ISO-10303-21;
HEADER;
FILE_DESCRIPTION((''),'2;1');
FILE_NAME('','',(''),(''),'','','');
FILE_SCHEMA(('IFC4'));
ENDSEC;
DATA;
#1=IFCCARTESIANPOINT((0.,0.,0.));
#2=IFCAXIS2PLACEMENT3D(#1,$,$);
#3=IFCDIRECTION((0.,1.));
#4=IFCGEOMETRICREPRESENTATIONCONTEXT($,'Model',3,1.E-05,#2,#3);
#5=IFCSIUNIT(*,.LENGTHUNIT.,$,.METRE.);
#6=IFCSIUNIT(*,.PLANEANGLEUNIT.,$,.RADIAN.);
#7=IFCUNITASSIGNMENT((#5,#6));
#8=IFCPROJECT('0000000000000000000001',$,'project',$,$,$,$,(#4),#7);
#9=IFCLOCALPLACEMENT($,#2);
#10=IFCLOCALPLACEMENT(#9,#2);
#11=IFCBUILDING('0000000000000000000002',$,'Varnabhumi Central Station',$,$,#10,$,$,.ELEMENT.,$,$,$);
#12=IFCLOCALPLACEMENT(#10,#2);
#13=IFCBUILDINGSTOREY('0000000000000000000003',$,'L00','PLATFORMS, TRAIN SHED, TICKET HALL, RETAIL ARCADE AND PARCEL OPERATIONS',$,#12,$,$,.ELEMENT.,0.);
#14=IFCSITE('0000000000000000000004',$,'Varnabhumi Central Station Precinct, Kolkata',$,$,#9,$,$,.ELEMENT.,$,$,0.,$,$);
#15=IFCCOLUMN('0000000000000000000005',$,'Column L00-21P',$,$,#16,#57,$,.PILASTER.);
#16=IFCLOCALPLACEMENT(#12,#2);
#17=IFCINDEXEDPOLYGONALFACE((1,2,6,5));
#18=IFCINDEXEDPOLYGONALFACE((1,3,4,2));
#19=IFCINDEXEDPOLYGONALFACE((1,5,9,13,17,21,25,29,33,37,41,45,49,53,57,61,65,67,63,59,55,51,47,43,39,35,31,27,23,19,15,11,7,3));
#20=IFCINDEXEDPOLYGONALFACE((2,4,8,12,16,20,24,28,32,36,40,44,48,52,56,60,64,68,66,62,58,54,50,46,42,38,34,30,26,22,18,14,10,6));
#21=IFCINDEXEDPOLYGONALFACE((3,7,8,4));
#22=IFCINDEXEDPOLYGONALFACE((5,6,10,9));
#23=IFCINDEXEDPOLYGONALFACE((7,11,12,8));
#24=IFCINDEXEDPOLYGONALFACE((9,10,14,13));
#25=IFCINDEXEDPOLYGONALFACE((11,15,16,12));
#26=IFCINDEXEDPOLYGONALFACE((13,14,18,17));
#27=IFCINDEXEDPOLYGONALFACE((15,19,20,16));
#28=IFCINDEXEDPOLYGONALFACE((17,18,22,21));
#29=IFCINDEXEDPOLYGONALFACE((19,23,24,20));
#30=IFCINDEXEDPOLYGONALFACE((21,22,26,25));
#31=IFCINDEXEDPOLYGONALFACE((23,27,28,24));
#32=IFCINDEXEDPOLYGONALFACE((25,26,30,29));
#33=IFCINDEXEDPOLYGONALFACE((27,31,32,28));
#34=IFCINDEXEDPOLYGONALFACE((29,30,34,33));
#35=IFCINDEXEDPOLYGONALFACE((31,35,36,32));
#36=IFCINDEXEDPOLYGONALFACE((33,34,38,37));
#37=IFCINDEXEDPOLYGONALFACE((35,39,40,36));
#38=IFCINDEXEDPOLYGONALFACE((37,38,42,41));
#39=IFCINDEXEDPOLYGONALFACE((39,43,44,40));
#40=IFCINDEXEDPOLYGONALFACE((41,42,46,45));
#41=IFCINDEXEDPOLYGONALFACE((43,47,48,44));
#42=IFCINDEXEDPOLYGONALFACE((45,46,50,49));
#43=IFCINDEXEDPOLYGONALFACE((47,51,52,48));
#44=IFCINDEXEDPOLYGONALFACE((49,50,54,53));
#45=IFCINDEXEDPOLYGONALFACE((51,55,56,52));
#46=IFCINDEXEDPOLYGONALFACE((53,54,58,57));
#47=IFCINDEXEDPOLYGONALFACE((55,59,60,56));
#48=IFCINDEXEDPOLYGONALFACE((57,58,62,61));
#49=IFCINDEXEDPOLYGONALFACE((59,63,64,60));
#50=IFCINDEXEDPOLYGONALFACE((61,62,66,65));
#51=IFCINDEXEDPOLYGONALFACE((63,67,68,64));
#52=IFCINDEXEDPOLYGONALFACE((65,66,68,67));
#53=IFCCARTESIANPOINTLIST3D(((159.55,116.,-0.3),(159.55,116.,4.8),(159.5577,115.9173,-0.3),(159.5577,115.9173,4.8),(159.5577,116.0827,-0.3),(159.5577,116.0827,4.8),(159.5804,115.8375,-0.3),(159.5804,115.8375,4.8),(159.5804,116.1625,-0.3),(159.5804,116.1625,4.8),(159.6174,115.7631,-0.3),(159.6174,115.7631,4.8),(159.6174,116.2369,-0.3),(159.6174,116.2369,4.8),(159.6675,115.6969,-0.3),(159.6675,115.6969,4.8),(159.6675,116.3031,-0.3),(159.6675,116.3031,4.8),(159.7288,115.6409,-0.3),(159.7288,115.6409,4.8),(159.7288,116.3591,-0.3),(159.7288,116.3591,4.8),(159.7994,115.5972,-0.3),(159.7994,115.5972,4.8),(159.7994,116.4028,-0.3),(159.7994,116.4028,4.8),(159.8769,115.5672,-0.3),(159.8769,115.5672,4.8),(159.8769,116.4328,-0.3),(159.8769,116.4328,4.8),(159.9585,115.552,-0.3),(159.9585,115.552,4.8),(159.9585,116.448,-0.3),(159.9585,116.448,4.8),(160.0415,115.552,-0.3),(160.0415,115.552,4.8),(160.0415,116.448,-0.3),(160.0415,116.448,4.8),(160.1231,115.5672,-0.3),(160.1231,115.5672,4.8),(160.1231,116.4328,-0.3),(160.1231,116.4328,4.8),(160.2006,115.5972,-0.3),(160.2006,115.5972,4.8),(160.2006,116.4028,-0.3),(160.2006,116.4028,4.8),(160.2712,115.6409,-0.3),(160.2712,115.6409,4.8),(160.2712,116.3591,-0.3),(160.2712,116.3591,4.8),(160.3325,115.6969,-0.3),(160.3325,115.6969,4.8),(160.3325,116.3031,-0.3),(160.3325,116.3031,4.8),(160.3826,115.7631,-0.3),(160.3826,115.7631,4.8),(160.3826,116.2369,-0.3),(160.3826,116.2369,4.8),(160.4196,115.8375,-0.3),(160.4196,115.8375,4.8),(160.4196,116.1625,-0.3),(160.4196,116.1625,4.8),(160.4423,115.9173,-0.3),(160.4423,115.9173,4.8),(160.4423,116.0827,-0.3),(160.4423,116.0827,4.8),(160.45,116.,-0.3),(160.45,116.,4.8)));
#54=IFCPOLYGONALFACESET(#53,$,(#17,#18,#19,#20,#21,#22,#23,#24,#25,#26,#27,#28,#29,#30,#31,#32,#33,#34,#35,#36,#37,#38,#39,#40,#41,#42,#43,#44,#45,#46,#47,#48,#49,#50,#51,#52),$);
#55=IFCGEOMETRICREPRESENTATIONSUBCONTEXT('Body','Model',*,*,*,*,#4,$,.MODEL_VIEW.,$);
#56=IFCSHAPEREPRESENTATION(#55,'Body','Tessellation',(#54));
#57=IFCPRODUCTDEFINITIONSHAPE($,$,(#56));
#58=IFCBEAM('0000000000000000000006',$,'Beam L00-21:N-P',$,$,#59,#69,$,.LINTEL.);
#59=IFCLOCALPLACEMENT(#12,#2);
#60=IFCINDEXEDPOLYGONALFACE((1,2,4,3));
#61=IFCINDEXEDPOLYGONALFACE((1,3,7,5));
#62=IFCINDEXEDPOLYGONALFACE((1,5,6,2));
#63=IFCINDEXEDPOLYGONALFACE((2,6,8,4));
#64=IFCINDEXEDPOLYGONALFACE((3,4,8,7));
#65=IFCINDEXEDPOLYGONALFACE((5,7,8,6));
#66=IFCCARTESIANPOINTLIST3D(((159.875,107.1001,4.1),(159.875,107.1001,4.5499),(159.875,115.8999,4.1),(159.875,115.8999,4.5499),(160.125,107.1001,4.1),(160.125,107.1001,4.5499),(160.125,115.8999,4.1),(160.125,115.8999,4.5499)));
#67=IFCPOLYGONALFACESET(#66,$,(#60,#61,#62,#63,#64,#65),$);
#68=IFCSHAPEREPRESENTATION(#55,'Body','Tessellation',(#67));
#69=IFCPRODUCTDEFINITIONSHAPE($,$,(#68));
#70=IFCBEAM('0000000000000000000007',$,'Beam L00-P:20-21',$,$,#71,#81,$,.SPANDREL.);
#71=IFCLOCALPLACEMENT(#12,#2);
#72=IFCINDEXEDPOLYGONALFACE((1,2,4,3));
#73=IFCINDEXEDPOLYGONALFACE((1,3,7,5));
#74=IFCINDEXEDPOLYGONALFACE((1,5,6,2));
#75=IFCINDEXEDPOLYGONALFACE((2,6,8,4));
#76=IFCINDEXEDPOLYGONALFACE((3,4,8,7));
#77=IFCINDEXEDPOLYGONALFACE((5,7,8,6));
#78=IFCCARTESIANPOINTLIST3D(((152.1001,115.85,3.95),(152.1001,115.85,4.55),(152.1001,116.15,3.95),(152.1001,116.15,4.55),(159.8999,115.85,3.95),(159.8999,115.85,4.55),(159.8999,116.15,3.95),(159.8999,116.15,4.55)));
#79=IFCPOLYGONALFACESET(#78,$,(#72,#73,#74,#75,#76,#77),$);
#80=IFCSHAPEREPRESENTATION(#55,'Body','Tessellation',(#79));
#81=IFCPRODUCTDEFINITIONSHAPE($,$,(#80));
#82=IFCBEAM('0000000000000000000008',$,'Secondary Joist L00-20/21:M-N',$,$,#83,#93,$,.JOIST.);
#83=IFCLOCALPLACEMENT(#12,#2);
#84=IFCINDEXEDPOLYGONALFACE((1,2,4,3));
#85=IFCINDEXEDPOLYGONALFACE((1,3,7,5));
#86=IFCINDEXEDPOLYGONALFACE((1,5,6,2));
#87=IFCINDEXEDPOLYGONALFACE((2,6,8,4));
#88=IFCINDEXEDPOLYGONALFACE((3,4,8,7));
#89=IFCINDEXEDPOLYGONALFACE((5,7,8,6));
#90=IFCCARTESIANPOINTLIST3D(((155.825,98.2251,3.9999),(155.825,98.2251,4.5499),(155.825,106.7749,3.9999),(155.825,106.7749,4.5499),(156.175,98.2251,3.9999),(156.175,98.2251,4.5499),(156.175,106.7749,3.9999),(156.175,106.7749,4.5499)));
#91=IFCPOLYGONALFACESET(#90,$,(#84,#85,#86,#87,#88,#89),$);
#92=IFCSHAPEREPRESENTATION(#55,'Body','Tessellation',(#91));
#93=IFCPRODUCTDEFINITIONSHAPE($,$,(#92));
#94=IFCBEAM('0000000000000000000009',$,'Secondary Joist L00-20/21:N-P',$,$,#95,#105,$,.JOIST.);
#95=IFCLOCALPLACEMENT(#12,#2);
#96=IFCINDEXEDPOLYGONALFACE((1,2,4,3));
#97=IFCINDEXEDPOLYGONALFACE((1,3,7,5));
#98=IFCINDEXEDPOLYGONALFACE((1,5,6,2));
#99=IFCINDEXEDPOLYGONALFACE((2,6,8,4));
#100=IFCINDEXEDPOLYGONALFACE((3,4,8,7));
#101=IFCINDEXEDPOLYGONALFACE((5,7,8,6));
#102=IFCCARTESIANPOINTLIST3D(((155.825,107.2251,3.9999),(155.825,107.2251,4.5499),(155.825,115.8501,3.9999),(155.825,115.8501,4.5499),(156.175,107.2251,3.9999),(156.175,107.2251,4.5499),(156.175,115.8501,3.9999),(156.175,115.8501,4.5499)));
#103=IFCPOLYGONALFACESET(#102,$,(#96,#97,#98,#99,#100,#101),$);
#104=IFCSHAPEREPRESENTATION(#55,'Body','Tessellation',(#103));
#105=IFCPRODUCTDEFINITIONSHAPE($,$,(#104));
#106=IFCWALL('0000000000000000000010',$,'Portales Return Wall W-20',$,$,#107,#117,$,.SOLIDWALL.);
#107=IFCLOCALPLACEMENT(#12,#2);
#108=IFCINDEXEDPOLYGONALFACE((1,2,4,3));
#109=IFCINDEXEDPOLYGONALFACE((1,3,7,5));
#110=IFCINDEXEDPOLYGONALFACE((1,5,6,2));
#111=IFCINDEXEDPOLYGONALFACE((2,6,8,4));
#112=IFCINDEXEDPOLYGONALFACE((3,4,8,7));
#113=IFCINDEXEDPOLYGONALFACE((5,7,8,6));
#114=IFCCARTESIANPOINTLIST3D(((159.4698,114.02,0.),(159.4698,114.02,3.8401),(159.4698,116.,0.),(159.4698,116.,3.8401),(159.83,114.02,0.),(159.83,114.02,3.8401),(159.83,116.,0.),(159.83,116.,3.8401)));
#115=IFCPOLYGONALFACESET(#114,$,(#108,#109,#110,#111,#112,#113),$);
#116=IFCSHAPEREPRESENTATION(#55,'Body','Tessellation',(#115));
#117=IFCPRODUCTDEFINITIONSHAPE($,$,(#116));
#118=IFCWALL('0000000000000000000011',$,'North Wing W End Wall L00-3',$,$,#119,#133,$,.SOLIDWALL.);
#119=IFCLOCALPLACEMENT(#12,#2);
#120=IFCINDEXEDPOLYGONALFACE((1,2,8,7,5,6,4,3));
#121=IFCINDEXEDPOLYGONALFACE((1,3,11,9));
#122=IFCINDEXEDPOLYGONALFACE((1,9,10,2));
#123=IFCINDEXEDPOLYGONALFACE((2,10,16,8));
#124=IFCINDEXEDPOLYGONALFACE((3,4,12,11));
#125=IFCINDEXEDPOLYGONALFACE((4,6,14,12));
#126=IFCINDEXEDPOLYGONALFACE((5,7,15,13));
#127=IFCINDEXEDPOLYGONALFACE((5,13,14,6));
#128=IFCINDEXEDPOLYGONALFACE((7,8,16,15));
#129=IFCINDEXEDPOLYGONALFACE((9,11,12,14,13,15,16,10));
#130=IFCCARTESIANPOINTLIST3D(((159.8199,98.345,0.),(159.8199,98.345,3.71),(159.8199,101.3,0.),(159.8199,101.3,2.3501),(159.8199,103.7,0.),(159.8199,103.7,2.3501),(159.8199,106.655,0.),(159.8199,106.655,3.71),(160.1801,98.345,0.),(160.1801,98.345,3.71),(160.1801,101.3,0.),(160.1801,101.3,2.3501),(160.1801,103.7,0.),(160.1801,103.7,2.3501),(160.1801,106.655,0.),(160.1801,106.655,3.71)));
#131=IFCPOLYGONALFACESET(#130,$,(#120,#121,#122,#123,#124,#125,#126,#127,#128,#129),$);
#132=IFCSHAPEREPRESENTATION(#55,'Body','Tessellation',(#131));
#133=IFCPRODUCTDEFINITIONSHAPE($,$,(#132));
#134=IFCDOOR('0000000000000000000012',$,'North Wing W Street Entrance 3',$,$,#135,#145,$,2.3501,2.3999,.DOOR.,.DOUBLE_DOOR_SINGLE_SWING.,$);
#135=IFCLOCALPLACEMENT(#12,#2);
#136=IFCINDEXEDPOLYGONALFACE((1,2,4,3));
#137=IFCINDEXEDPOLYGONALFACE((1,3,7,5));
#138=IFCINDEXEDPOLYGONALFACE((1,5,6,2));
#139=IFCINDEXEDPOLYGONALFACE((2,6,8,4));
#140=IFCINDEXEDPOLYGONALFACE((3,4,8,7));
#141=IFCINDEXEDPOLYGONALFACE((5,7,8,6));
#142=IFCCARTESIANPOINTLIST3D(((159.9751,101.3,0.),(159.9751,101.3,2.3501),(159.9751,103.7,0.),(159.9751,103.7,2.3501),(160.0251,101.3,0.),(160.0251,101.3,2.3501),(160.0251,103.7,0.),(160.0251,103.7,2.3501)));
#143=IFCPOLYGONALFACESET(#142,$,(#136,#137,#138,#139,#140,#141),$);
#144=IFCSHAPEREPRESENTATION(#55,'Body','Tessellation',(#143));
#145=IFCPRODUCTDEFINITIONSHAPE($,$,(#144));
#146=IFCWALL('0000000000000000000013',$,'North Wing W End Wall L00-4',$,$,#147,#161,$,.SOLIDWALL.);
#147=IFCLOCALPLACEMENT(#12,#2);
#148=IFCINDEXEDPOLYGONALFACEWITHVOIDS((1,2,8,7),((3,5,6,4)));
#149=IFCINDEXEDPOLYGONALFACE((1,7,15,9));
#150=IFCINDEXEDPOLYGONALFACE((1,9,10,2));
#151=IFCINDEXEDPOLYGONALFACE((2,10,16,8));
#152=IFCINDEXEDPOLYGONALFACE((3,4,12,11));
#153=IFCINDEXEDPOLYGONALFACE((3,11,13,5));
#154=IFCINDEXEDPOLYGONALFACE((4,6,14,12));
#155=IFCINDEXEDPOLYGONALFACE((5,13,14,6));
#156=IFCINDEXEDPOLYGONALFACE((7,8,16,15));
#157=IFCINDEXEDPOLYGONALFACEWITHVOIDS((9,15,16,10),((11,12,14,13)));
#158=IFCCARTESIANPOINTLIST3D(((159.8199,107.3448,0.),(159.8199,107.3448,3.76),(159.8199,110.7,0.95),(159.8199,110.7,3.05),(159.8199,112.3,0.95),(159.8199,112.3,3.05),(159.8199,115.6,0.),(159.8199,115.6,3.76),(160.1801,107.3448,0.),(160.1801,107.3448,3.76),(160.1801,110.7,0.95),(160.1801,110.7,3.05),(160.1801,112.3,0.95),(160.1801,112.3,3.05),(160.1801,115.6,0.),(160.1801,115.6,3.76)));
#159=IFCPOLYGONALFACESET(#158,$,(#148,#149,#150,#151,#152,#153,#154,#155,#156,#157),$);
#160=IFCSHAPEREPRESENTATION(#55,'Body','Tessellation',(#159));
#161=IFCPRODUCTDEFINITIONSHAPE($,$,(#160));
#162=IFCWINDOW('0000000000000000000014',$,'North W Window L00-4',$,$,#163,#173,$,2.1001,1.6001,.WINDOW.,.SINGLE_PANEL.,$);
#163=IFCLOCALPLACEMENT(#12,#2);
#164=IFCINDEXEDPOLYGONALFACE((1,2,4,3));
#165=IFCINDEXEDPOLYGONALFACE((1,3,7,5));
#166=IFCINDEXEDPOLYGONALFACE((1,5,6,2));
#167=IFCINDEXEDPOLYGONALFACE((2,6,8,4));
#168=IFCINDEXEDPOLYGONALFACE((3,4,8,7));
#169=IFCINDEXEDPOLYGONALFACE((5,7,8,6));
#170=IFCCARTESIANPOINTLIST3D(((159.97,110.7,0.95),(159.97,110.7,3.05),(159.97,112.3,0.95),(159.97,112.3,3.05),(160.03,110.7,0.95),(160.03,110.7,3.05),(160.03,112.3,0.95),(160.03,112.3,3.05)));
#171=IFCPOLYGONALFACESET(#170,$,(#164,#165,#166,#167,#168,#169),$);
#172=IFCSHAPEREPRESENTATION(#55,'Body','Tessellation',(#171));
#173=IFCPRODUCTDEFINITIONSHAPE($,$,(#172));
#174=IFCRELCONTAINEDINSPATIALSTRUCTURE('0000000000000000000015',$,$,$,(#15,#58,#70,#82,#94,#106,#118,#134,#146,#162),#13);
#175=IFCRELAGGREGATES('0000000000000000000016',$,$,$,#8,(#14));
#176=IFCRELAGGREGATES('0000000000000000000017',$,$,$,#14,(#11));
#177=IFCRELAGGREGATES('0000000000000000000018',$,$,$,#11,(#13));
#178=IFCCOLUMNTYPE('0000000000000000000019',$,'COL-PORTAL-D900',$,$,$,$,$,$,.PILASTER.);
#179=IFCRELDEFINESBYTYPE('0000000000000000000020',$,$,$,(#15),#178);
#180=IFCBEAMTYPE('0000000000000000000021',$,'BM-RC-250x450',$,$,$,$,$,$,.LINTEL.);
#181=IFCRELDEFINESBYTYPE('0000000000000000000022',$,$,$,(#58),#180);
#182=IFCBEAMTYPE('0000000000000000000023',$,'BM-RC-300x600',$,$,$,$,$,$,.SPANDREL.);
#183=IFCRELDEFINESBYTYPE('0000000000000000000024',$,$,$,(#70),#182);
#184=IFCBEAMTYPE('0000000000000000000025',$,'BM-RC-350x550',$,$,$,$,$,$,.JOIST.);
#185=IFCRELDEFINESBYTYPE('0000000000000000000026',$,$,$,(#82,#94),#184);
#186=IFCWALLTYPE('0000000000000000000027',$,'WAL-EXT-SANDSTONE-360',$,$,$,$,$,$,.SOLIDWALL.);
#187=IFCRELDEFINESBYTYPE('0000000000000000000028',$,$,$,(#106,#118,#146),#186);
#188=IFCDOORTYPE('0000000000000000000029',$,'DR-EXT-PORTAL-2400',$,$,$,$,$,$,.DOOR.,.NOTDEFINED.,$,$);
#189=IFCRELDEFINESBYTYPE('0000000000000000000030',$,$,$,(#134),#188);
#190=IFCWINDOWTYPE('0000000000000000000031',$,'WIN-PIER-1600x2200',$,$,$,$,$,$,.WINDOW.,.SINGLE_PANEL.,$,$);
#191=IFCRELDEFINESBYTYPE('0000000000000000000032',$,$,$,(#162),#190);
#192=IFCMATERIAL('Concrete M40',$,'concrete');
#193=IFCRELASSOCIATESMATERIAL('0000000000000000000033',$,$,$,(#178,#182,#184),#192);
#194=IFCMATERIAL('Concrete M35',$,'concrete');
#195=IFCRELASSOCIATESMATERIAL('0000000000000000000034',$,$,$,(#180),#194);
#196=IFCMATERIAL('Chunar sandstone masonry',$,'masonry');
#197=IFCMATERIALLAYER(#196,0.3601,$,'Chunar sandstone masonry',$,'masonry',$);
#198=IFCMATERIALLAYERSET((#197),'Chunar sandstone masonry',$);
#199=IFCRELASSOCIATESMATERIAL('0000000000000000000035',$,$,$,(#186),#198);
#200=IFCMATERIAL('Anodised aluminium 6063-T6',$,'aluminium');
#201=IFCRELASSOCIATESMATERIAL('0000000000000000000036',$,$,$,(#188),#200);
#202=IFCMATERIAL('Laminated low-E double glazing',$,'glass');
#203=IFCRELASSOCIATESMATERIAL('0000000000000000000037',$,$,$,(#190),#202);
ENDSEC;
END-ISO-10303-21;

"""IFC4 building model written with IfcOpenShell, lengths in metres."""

from ifc_helpers import new_model, si_unit, direction, frame, frame_2d, origin, origin_2d, place, context, subcontext, project, spatial, rectangle, circle, extrude, material, layer, layer_set, material_profile, profile_set, type_object, element, fill, save


model = new_model("IFC4")

# Units and contexts
model_context = context("Model", 3, precision=1e-05, world=origin(), true_north=direction((0.0, 1.0)))
body_context = subcontext(model_context, "Body", "Model", "MODEL_VIEW")
ifc_project = project(units=[si_unit("LENGTHUNIT", "METRE"), si_unit("PLANEANGLEUNIT", "RADIAN")], contexts=[model_context])

# Site, building, storey
site_placement = place(None, origin())
site = spatial("IfcSite", under=ifc_project, at=site_placement, Name="Varnabhumi Central Station Precinct, Kolkata", CompositionType="ELEMENT", RefElevation=0.0)
building_placement = place(site_placement, origin())
building = spatial("IfcBuilding", under=site, at=building_placement, Name="Varnabhumi Central Station", CompositionType="ELEMENT")
storey_placement = place(building_placement, origin())
storey = spatial("IfcBuildingStorey", under=building, at=storey_placement, Name="L00", Description="PLATFORMS, TRAIN SHED, TICKET HALL, RETAIL ARCADE AND PARCEL OPERATIONS", CompositionType="ELEMENT", Elevation=0.0)

# Shared definitions
ifc_material_1 = material(Name="Concrete M40", Category="concrete")

# Shared definitions
ifc_material_2 = material(Name="Concrete M35", Category="concrete")

# Column
ifc_material_profile_1 = material_profile(ifc_material_1, circle(Radius=0.45, at=origin_2d()), Name="Concrete M40", Category="concrete")
ifc_profile_set_1 = profile_set([ifc_material_profile_1], Name="Concrete M40")
column_type_1 = type_object("IfcColumnType", Name="COL-PORTAL-D900", PredefinedType="PILASTER", material=ifc_profile_set_1)
column_1_placement = place(storey_placement, frame((160.0, 116.0, -0.3), z_axis=(0.0, 0.0, 1.0), x_axis=(1.0, 0.0, 0.0)))
element("IfcColumn", 1, at=column_1_placement, inside=storey, type_object=column_type_1, Name="Column L00-21P", PredefinedType="PILASTER", context=body_context, shape_type="SweptSolid", body=[
    extrude(circle(Radius=0.45, at=origin_2d()), origin(), (0.0, 0.0, 1.0), 5.1001),
])

# Beams
ifc_material_profile_2 = material_profile(ifc_material_2, rectangle(XDim=0.25, YDim=0.45, at=origin_2d()), Name="Concrete M35", Category="concrete")
ifc_profile_set_2 = profile_set([ifc_material_profile_2], Name="Concrete M35")
beam_type_1 = type_object("IfcBeamType", Name="BM-RC-250x450", PredefinedType="LINTEL", material=ifc_profile_set_2)
beam_1_placement = place(storey_placement, frame((160.0, 107.1001, 4.325), z_axis=(0.0, 1.0, 0.0), x_axis=(-1.0, 0.0, 0.0)))
element("IfcBeam", 2, at=beam_1_placement, inside=storey, type_object=beam_type_1, Name="Beam L00-21:N-P", PredefinedType="LINTEL", context=body_context, shape_type="SweptSolid", body=[
    extrude(rectangle(XDim=0.25, YDim=0.45, at=origin_2d()), origin(), (0.0, 0.0, 1.0), 8.7998),
])
ifc_material_profile_3 = material_profile(ifc_material_1, rectangle(XDim=0.3, YDim=0.6001, at=origin_2d()), Name="Concrete M40", Category="concrete")
ifc_profile_set_3 = profile_set([ifc_material_profile_3], Name="Concrete M40")
beam_type_2 = type_object("IfcBeamType", Name="BM-RC-300x600", PredefinedType="SPANDREL", material=ifc_profile_set_3)
beam_2_placement = place(storey_placement, frame((152.1001, 116.0, 4.25), z_axis=(1.0, 0.0, 0.0), x_axis=(0.0, 1.0, 0.0)))
element("IfcBeam", 3, at=beam_2_placement, inside=storey, type_object=beam_type_2, Name="Beam L00-P:20-21", PredefinedType="SPANDREL", context=body_context, shape_type="SweptSolid", body=[
    extrude(rectangle(XDim=0.3, YDim=0.6001, at=origin_2d()), origin(), (0.0, 0.0, 1.0), 7.7998),
])
ifc_material_profile_4 = material_profile(ifc_material_1, rectangle(XDim=0.3501, YDim=0.55, at=origin_2d()), Name="Concrete M40", Category="concrete")
ifc_profile_set_4 = profile_set([ifc_material_profile_4], Name="Concrete M40")
beam_type_3 = type_object("IfcBeamType", Name="BM-RC-350x550", PredefinedType="JOIST", material=ifc_profile_set_4)
beam_3_placement = place(storey_placement, frame((156.0, 98.2251, 4.2749), z_axis=(0.0, 1.0, 0.0), x_axis=(-1.0, 0.0, 0.0)))
element("IfcBeam", 4, at=beam_3_placement, inside=storey, type_object=beam_type_3, Name="Secondary Joist L00-20/21:M-N", PredefinedType="JOIST", context=body_context, shape_type="SweptSolid", body=[
    extrude(rectangle(XDim=0.3501, YDim=0.55, at=origin_2d()), origin(), (0.0, 0.0, 1.0), 8.5498),
])
beam_4_placement = place(storey_placement, frame((156.0, 107.2251, 4.2749), z_axis=(0.0, 1.0, 0.0), x_axis=(-1.0, 0.0, 0.0)))
element("IfcBeam", 5, at=beam_4_placement, inside=storey, type_object=beam_type_3, Name="Secondary Joist L00-20/21:N-P", PredefinedType="JOIST", context=body_context, shape_type="SweptSolid", body=[
    extrude(rectangle(XDim=0.3501, YDim=0.55, at=origin_2d()), origin(), (0.0, 0.0, 1.0), 8.625),
])

# Wall
ifc_material_3 = material(Name="Chunar sandstone masonry", Category="masonry")
ifc_layer_1 = layer(ifc_material_3, 0.3601, Name="Chunar sandstone masonry", Category="masonry")
ifc_layer_set_1 = layer_set([ifc_layer_1], Name="Chunar sandstone masonry")
wall_type_1 = type_object("IfcWallType", Name="WAL-EXT-SANDSTONE-360", PredefinedType="SOLIDWALL", material=ifc_layer_set_1)
wall_1_placement = place(storey_placement, frame((159.6499, 114.02, 0.0), z_axis=(0.0, 0.0, 1.0), x_axis=(0.0, 1.0, 0.0)))
element("IfcWall", 6, at=wall_1_placement, inside=storey, type_object=wall_type_1, Name="Portales Return Wall W-20", PredefinedType="SOLIDWALL", context=body_context, shape_type="SweptSolid", body=[
    extrude(rectangle(XDim=1.98, YDim=0.3601, at=frame_2d((0.99, 0.0))), origin(), (0.0, 0.0, 1.0), 3.8401),
])

# Wall, opening, door
wall_2_placement = place(storey_placement, frame((160.0, 98.345, 0.0), z_axis=(0.0, 0.0, 1.0), x_axis=(0.0, 1.0, 0.0)))
wall_2 = element("IfcWall", 7, at=wall_2_placement, inside=storey, type_object=wall_type_1, Name="North Wing W End Wall L00-3", PredefinedType="SOLIDWALL", context=body_context, shape_type="SweptSolid", body=[
    extrude(rectangle(XDim=8.3101, YDim=0.3601, at=frame_2d((4.155, 0.0))), origin(), (0.0, 0.0, 1.0), 3.71),
])
opening_1_placement = place(wall_2_placement, frame((2.9551, 0.0, 0.0)))
opening_1 = element("IfcOpeningElement", 8, at=opening_1_placement, cuts=wall_2, PredefinedType="OPENING", context=body_context, shape_type="SweptSolid", body=[
    extrude(rectangle(XDim=2.3999, YDim=2.3501, at=frame_2d((1.2, 1.175))), frame((0.0, 0.1899, 0.0), z_axis=(0.0, -1.0, 0.0), x_axis=(1.0, 0.0, 0.0)), (0.0, 0.0, 1.0), 0.3801),
])
ifc_material_4 = material(Name="Anodised aluminium 6063-T6", Category="aluminium")
door_type = type_object("IfcDoorType", Name="DR-EXT-PORTAL-2400", OperationType="NOTDEFINED", PredefinedType="DOOR", material=ifc_material_4)
door_placement = place(opening_1_placement, origin())
door = element("IfcDoor", 9, at=door_placement, inside=storey, type_object=door_type, Name="North Wing W Street Entrance 3", OperationType="DOUBLE_DOOR_SINGLE_SWING", OverallHeight=2.3501, OverallWidth=2.3999, PredefinedType="DOOR", context=body_context, shape_type="SweptSolid", body=[
    extrude(rectangle(XDim=2.3999, YDim=2.3501, at=frame_2d((1.2, 1.175))), frame((0.0, 0.0249, 0.0), z_axis=(0.0, -1.0, 0.0), x_axis=(1.0, 0.0, 0.0)), (0.0, 0.0, 1.0), 0.05),
])
fill(opening_1, door)

# Wall, opening, window
wall_3_placement = place(storey_placement, frame((160.0, 107.345, 0.0), z_axis=(0.0, 0.0, 1.0), x_axis=(0.0, 1.0, 0.0)))
wall_3 = element("IfcWall", 10, at=wall_3_placement, inside=storey, type_object=wall_type_1, Name="North Wing W End Wall L00-4", PredefinedType="SOLIDWALL", context=body_context, shape_type="SweptSolid", body=[
    extrude(rectangle(XDim=8.2551, YDim=0.3601, at=frame_2d((4.1274, 0.0))), origin(), (0.0, 0.0, 1.0), 3.76),
])
opening_2_placement = place(wall_3_placement, frame((3.355, 0.0, 0.95)))
opening_2 = element("IfcOpeningElement", 11, at=opening_2_placement, cuts=wall_3, PredefinedType="OPENING", context=body_context, shape_type="SweptSolid", body=[
    extrude(rectangle(XDim=1.6001, YDim=2.1001, at=frame_2d((0.8, 1.05))), frame((0.0, 0.1899, 0.0), z_axis=(0.0, -1.0, 0.0), x_axis=(1.0, 0.0, 0.0)), (0.0, 0.0, 1.0), 0.3801),
])
ifc_material_5 = material(Name="Laminated low-E double glazing", Category="glass")
window_type = type_object("IfcWindowType", Name="WIN-PIER-1600x2200", PartitioningType="SINGLE_PANEL", PredefinedType="WINDOW", material=ifc_material_5)
window_placement = place(opening_2_placement, origin())
window = element("IfcWindow", 12, at=window_placement, inside=storey, type_object=window_type, Name="North W Window L00-4", OverallHeight=2.1001, OverallWidth=1.6001, PartitioningType="SINGLE_PANEL", PredefinedType="WINDOW", context=body_context, shape_type="SweptSolid", body=[
    extrude(rectangle(XDim=1.6001, YDim=2.1001, at=frame_2d((0.8, 1.05))), frame((0.0, 0.03, 0.0), z_axis=(0.0, -1.0, 0.0), x_axis=(1.0, 0.0, 0.0)), (0.0, 0.0, 1.0), 0.0601),
])
fill(opening_2, window)

save(model, "model.ifc")
